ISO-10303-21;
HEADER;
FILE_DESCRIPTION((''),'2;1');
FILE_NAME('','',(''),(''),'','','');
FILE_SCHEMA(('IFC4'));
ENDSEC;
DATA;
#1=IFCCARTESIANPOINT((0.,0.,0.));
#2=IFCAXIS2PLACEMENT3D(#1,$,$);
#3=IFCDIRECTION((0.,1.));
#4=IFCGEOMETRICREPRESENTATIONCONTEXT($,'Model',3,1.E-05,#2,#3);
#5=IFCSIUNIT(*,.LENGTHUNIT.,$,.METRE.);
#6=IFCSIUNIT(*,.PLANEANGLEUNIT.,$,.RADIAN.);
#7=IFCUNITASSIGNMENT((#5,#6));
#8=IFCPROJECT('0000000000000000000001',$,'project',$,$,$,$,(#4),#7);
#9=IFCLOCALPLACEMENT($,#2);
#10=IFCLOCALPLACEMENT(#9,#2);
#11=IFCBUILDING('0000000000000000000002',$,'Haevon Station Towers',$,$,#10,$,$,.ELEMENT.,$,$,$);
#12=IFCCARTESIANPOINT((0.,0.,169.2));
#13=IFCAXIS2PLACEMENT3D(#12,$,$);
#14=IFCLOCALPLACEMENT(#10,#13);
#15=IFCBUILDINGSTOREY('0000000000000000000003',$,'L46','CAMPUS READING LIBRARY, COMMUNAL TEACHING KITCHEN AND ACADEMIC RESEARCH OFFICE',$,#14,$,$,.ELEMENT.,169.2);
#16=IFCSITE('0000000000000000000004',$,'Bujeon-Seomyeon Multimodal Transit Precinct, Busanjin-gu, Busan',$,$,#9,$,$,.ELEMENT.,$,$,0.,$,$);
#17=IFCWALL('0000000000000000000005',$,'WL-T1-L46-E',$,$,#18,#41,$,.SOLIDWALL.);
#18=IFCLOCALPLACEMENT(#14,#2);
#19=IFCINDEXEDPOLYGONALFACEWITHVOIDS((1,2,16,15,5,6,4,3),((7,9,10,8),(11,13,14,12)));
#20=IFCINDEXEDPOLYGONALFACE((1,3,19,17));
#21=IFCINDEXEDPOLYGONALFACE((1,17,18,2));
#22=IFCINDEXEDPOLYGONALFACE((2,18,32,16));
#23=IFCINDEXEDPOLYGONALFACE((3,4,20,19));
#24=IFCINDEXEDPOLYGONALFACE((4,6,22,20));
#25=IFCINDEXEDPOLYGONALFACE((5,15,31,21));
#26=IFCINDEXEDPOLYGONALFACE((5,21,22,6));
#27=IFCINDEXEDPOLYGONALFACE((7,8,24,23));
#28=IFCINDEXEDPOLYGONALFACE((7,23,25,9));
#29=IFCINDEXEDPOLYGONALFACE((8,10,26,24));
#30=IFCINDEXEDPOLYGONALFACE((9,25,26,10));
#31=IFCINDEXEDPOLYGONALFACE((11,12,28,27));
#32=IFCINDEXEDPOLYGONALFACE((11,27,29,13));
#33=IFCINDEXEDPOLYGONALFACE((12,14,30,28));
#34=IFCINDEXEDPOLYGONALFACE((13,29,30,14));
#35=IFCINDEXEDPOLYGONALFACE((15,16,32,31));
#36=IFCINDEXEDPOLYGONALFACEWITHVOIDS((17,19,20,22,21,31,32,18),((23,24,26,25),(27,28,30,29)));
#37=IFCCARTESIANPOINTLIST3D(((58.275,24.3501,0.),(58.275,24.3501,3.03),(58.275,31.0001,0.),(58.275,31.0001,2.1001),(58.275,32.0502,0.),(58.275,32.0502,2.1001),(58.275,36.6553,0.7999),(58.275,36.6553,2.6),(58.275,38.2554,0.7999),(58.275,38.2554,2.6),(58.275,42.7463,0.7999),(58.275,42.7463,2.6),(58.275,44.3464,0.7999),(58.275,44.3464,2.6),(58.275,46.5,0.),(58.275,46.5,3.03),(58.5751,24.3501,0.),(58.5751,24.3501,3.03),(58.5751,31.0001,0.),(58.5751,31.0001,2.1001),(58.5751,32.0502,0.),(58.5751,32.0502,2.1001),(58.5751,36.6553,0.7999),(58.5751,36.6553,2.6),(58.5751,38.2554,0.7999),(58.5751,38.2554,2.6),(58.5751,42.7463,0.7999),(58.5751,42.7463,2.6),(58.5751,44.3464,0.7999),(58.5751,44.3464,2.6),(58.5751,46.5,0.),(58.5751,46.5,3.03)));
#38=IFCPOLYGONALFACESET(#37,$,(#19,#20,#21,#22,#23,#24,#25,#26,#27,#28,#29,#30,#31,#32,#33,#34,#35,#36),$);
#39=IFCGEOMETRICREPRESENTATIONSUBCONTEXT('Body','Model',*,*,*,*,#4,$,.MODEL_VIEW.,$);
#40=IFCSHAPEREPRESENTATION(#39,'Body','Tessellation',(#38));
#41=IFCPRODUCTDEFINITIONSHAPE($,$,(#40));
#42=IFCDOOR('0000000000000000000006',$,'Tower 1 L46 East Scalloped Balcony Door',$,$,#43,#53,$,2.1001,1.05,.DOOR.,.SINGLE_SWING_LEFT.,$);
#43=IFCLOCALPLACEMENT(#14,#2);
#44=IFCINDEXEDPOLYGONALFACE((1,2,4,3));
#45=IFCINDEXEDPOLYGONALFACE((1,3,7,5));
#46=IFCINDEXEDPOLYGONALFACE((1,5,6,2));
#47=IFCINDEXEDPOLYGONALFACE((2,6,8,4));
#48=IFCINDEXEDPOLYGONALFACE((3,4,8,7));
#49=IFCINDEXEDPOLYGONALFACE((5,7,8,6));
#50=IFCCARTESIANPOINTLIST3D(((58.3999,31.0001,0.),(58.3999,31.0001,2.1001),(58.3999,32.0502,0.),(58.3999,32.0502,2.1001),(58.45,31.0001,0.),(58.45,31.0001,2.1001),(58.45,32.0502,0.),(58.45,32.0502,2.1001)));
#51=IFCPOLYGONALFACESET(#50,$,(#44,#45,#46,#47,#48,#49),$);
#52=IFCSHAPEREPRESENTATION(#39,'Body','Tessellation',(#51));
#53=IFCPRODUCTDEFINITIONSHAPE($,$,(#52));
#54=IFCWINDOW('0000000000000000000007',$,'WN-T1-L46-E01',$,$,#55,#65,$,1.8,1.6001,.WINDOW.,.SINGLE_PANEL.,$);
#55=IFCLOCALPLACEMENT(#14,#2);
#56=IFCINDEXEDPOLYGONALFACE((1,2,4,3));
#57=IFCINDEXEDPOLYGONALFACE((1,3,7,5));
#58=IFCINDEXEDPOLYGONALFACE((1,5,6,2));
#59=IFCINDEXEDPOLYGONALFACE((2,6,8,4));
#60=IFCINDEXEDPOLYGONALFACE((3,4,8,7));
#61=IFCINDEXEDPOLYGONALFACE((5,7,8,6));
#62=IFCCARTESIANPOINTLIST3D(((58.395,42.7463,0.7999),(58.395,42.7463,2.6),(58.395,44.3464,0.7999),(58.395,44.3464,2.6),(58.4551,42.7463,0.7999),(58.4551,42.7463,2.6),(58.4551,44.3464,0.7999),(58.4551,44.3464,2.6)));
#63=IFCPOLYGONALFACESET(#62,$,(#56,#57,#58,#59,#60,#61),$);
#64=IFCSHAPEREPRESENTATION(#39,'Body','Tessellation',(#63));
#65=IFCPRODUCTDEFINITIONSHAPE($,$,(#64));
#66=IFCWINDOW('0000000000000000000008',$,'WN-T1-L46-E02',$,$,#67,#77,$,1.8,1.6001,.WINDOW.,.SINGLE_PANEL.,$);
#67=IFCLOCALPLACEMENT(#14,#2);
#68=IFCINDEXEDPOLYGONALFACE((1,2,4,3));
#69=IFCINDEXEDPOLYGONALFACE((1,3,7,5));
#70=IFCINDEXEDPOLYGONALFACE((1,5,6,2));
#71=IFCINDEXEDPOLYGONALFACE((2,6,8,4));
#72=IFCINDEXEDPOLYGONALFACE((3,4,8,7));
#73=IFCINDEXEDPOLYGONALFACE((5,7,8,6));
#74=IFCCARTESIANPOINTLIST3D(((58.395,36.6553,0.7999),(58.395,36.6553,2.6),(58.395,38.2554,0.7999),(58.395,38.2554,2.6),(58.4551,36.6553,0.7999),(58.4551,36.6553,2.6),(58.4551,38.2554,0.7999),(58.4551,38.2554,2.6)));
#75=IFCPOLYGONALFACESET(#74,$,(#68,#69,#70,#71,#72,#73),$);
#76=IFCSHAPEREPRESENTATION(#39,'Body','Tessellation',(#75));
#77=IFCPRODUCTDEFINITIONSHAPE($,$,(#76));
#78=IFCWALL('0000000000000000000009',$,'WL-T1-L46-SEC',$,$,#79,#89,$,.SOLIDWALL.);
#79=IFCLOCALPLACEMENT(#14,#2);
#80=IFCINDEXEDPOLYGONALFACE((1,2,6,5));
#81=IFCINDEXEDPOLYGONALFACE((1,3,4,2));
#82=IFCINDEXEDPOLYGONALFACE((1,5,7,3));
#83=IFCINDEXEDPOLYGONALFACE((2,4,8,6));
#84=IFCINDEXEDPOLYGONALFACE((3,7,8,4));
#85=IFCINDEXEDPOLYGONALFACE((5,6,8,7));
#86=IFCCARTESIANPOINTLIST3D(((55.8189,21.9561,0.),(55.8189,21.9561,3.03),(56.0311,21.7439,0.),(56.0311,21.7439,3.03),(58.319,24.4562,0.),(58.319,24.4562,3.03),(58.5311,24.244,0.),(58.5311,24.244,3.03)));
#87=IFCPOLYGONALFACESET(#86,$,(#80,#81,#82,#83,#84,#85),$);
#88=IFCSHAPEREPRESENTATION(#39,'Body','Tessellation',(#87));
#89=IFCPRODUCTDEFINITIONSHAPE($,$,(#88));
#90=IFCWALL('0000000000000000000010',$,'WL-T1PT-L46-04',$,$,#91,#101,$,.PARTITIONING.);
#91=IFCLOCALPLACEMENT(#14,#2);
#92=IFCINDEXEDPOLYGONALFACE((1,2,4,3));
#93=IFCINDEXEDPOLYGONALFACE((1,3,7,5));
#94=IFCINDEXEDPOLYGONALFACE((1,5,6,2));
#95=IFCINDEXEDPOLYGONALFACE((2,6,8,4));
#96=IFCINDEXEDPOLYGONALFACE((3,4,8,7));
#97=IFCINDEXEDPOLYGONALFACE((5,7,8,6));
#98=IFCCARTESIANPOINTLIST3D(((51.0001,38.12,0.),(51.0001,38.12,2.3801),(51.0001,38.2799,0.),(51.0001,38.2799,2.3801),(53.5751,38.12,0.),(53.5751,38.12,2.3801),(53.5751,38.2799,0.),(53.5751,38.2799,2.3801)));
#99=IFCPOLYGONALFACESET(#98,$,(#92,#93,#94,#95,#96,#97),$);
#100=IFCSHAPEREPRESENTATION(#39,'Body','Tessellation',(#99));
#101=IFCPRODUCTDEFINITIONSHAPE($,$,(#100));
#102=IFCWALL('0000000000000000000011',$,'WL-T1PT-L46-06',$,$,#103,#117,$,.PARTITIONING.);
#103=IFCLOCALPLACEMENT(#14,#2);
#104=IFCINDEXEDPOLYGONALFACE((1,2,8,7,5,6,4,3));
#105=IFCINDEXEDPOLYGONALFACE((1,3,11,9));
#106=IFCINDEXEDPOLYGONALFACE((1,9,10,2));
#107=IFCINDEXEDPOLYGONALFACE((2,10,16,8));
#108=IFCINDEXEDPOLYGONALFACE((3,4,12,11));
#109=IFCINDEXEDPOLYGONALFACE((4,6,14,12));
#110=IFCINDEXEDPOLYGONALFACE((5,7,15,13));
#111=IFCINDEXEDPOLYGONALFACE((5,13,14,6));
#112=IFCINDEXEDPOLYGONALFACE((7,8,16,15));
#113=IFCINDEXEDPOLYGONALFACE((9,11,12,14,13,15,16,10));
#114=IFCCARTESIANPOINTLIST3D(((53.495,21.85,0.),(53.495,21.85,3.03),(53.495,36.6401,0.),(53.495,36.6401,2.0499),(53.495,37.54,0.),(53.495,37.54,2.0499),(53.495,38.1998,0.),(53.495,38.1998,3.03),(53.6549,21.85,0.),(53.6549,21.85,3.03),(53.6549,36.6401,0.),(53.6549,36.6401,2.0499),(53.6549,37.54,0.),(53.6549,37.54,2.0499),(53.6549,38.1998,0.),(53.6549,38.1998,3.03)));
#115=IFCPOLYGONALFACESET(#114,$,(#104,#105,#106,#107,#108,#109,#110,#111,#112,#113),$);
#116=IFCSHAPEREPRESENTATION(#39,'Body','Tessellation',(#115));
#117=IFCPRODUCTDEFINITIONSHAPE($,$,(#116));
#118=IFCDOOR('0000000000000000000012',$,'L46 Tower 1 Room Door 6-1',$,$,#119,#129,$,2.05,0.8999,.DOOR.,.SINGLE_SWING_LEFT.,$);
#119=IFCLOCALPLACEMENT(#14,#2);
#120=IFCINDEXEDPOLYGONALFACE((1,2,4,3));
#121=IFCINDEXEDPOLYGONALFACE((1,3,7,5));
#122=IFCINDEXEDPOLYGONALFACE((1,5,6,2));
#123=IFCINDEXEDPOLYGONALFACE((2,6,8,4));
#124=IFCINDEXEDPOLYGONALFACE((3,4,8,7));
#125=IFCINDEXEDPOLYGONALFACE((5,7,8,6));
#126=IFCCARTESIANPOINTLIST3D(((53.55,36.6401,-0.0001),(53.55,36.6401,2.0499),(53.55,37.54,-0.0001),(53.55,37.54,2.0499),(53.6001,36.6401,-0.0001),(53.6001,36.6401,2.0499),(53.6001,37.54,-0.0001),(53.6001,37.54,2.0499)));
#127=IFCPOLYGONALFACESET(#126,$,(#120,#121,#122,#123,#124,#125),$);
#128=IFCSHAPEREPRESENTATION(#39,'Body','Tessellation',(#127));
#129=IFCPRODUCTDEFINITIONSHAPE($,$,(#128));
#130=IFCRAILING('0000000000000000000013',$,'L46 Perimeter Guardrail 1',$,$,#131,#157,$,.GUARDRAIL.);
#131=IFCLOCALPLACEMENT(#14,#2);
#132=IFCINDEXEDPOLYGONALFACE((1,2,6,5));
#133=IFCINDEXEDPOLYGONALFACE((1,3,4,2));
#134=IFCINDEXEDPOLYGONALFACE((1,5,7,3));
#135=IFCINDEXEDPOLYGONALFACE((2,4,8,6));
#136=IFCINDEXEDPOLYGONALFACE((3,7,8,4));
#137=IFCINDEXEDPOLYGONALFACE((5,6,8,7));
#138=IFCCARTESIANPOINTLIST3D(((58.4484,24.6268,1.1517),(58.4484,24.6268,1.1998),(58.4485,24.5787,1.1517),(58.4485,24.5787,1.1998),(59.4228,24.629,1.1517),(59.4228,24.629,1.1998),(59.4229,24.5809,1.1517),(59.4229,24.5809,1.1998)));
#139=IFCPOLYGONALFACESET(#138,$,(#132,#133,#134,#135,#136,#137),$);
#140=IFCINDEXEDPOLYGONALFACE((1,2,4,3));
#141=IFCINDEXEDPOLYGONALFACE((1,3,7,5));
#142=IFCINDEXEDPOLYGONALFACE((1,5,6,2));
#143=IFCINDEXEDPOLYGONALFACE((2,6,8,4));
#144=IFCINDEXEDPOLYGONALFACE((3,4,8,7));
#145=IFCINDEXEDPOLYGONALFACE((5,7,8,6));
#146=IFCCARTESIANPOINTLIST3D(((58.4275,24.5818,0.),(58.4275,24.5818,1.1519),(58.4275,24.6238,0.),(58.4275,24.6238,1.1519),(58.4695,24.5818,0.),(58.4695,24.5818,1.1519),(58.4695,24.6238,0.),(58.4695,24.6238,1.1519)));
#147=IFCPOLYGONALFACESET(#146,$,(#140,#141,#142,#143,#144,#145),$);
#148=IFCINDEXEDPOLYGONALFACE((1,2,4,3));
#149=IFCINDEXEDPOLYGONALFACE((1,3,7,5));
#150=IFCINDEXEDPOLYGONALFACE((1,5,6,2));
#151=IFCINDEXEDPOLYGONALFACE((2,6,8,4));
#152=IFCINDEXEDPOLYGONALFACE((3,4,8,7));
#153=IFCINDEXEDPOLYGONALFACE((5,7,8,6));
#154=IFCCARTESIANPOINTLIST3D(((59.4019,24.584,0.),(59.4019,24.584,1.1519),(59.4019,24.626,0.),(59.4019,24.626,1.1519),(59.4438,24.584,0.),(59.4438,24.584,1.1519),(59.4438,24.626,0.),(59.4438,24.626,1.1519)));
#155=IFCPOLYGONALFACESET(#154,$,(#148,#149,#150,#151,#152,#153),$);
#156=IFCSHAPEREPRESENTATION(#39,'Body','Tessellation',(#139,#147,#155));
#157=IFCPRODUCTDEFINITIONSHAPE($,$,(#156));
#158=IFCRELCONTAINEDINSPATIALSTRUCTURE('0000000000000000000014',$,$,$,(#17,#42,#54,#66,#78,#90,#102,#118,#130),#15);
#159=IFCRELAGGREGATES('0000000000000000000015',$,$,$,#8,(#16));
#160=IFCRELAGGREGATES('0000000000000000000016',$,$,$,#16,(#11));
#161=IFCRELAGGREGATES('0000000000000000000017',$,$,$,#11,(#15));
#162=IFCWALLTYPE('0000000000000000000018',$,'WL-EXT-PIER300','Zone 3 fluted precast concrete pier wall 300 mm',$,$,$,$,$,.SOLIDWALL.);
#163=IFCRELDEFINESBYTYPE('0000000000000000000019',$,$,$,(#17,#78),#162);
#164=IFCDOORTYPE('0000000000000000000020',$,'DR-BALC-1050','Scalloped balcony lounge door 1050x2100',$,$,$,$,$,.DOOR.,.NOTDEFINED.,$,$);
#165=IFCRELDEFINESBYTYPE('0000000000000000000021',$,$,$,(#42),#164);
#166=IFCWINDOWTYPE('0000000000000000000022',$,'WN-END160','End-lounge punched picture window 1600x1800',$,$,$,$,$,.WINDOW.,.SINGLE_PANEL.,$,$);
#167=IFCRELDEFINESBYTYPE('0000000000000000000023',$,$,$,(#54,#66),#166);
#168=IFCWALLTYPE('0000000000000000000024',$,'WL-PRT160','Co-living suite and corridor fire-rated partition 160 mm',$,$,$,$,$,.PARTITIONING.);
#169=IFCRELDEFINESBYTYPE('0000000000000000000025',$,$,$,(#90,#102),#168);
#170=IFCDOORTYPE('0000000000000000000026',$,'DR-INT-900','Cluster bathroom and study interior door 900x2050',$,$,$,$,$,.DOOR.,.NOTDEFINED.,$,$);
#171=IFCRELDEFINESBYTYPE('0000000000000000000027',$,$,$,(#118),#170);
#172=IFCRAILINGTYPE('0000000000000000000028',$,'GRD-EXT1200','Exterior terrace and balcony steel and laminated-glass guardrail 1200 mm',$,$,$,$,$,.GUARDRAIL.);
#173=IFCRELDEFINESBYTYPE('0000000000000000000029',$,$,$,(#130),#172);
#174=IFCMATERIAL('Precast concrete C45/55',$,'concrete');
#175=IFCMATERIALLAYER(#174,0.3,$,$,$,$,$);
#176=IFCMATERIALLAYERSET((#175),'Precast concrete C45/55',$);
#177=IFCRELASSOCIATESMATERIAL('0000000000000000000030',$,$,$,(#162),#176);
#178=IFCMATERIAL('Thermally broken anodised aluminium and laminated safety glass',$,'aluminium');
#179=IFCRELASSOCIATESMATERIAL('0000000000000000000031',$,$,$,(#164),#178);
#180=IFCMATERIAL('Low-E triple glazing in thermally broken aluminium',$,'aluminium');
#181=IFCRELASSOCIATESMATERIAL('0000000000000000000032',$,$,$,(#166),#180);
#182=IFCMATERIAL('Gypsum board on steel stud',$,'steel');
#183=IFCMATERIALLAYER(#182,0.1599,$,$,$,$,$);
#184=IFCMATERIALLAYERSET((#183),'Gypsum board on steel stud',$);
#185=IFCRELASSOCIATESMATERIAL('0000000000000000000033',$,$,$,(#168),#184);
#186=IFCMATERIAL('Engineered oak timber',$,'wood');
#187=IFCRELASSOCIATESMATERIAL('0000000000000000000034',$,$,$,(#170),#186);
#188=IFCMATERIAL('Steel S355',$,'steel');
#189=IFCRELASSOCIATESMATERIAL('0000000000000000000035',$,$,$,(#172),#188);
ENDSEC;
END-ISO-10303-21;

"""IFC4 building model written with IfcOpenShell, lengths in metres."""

from ifc_helpers import new_model, si_unit, direction, frame, frame_2d, origin, origin_2d, place, context, subcontext, project, spatial, rectangle, extrude, material, layer, layer_set, type_object, element, fill, save


model = new_model("IFC4")

# Units and contexts
model_context = context("Model", 3, precision=1e-05, world=origin(), true_north=direction((0.0, 1.0)))
body_context = subcontext(model_context, "Body", "Model", "MODEL_VIEW")
ifc_project = project(units=[si_unit("LENGTHUNIT", "METRE"), si_unit("PLANEANGLEUNIT", "RADIAN")], contexts=[model_context])

# Site, building, storey
site_placement = place(None, origin())
site = spatial("IfcSite", under=ifc_project, at=site_placement, Name="Bujeon-Seomyeon Multimodal Transit Precinct, Busanjin-gu, Busan", CompositionType="ELEMENT", RefElevation=0.0)
building_placement = place(site_placement, origin())
building = spatial("IfcBuilding", under=site, at=building_placement, Name="Haevon Station Towers", CompositionType="ELEMENT")
storey_placement = place(building_placement, frame((0.0, 0.0, 169.2)))
storey = spatial("IfcBuildingStorey", under=building, at=storey_placement, Name="L46", Description="CAMPUS READING LIBRARY, COMMUNAL TEACHING KITCHEN AND ACADEMIC RESEARCH OFFICE", CompositionType="ELEMENT", Elevation=169.2)

# Shared definitions
ifc_material_1 = material(Name="Steel S355", Category="steel")

# Shared definitions
ifc_material_2 = material(Name="Precast concrete C45/55", Category="concrete")
ifc_layer_1 = layer(ifc_material_2, 0.3)
ifc_layer_set_1 = layer_set([ifc_layer_1], Name="Precast concrete C45/55")
wall_type_1 = type_object("IfcWallType", Name="WL-EXT-PIER300", Description="Zone 3 fluted precast concrete pier wall 300 mm", PredefinedType="SOLIDWALL", material=ifc_layer_set_1)
ifc_material_3 = material(Name="Low-E triple glazing in thermally broken aluminium", Category="aluminium")

# Wall, openings, door, windows
wall_1_placement = place(storey_placement, frame((58.425, 46.5, 0.0), z_axis=(0.0, 0.0, 1.0), x_axis=(0.0, -1.0, 0.0)))
wall_1 = element("IfcWall", 1, at=wall_1_placement, inside=storey, type_object=wall_type_1, Name="WL-T1-L46-E", PredefinedType="SOLIDWALL", context=body_context, shape_type="SweptSolid", body=[
    extrude(rectangle(XDim=22.1499, YDim=0.3, at=frame_2d((11.075, 0.0))), origin(), (0.0, 0.0, 1.0), 3.03),
])
opening_1_placement = place(wall_1_placement, frame((14.45, 0.0, 0.0)))
opening_1 = element("IfcOpeningElement", 2, at=opening_1_placement, cuts=wall_1, PredefinedType="OPENING", context=body_context, shape_type="SweptSolid", body=[
    extrude(rectangle(XDim=1.05, YDim=2.1001, at=frame_2d((0.5249, 1.05))), frame((0.0, 0.1599, 0.0), z_axis=(0.0, -1.0, 0.0), x_axis=(1.0, 0.0, 0.0)), (0.0, 0.0, 1.0), 0.3201),
])
opening_2_placement = place(wall_1_placement, frame((2.1536, 0.0, 0.8)))
opening_2 = element("IfcOpeningElement", 3, at=opening_2_placement, cuts=wall_1, PredefinedType="OPENING", context=body_context, shape_type="SweptSolid", body=[
    extrude(rectangle(XDim=1.6001, YDim=1.8, at=frame_2d((0.8, 0.8999))), frame((0.0, 0.1599, 0.0), z_axis=(0.0, -1.0, 0.0), x_axis=(1.0, 0.0, 0.0)), (0.0, 0.0, 1.0), 0.3201),
])
opening_3_placement = place(wall_1_placement, frame((8.2446, 0.0, 0.8)))
opening_3 = element("IfcOpeningElement", 4, at=opening_3_placement, cuts=wall_1, PredefinedType="OPENING", context=body_context, shape_type="SweptSolid", body=[
    extrude(rectangle(XDim=1.6001, YDim=1.8, at=frame_2d((0.8, 0.8999))), frame((0.0, 0.1599, 0.0), z_axis=(0.0, -1.0, 0.0), x_axis=(1.0, 0.0, 0.0)), (0.0, 0.0, 1.0), 0.3201),
])
ifc_material_4 = material(Name="Thermally broken anodised aluminium and laminated safety glass", Category="aluminium")
door_type_1 = type_object("IfcDoorType", Name="DR-BALC-1050", Description="Scalloped balcony lounge door 1050x2100", OperationType="NOTDEFINED", PredefinedType="DOOR", material=ifc_material_4)
door_1_placement = place(opening_1_placement, origin())
door_1 = element("IfcDoor", 5, at=door_1_placement, inside=storey, type_object=door_type_1, Name="Tower 1 L46 East Scalloped Balcony Door", OperationType="SINGLE_SWING_LEFT", OverallHeight=2.1001, OverallWidth=1.05, PredefinedType="DOOR", context=body_context, shape_type="SweptSolid", body=[
    extrude(rectangle(XDim=1.05, YDim=2.1001, at=frame_2d((0.5249, 1.05))), frame((0.0, 0.0249, 0.0), z_axis=(0.0, -1.0, 0.0), x_axis=(1.0, 0.0, 0.0)), (0.0, 0.0, 1.0), 0.05),
])
fill(opening_1, door_1)
window_type_1 = type_object("IfcWindowType", Name="WN-END160", Description="End-lounge punched picture window 1600x1800", PartitioningType="SINGLE_PANEL", PredefinedType="WINDOW", material=ifc_material_3)
window_1_placement = place(opening_2_placement, origin())
window_1 = element("IfcWindow", 6, at=window_1_placement, inside=storey, type_object=window_type_1, Name="WN-T1-L46-E01", OverallHeight=1.8, OverallWidth=1.6001, PartitioningType="SINGLE_PANEL", PredefinedType="WINDOW", context=body_context, shape_type="SweptSolid", body=[
    extrude(rectangle(XDim=1.6001, YDim=1.8, at=frame_2d((0.8, 0.8999))), frame((0.0, 0.03, 0.0), z_axis=(0.0, -1.0, 0.0), x_axis=(1.0, 0.0, 0.0)), (0.0, 0.0, 1.0), 0.0601),
])
fill(opening_2, window_1)
window_2_placement = place(opening_3_placement, origin())
window_2 = element("IfcWindow", 7, at=window_2_placement, inside=storey, type_object=window_type_1, Name="WN-T1-L46-E02", OverallHeight=1.8, OverallWidth=1.6001, PartitioningType="SINGLE_PANEL", PredefinedType="WINDOW", context=body_context, shape_type="SweptSolid", body=[
    extrude(rectangle(XDim=1.6001, YDim=1.8, at=frame_2d((0.8, 0.8999))), frame((0.0, 0.03, 0.0), z_axis=(0.0, -1.0, 0.0), x_axis=(1.0, 0.0, 0.0)), (0.0, 0.0, 1.0), 0.0601),
])
fill(opening_3, window_2)

# Walls
wall_2_placement = place(storey_placement, frame((58.425, 24.3501, 0.0), z_axis=(0.0, 0.0, 1.0), x_axis=(-0.707107, -0.707107, 0.0)))
element("IfcWall", 8, at=wall_2_placement, inside=storey, type_object=wall_type_1, Name="WL-T1-L46-SEC", PredefinedType="SOLIDWALL", context=body_context, shape_type="SweptSolid", body=[
    extrude(rectangle(XDim=3.5356, YDim=0.3, at=frame_2d((1.7678, 0.0))), origin(), (0.0, 0.0, 1.0), 3.03),
])
ifc_material_5 = material(Name="Gypsum board on steel stud", Category="steel")
ifc_layer_2 = layer(ifc_material_5, 0.1599)
ifc_layer_set_2 = layer_set([ifc_layer_2], Name="Gypsum board on steel stud")
wall_type_2 = type_object("IfcWallType", Name="WL-PRT160", Description="Co-living suite and corridor fire-rated partition 160 mm", PredefinedType="PARTITIONING", material=ifc_layer_set_2)
wall_3_placement = place(storey_placement, frame((51.0, 38.2, 0.0), z_axis=(0.0, 0.0, 1.0), x_axis=(1.0, 0.0, 0.0)))
element("IfcWall", 9, at=wall_3_placement, inside=storey, type_object=wall_type_2, Name="WL-T1PT-L46-04", PredefinedType="PARTITIONING", context=body_context, shape_type="SweptSolid", body=[
    extrude(rectangle(XDim=2.575, YDim=0.1599, at=frame_2d((1.2876, 0.0))), origin(), (0.0, 0.0, 1.0), 2.3801),
])

# Wall, opening, door
wall_4_placement = place(storey_placement, frame((53.575, 21.8501, 0.0), z_axis=(0.0, 0.0, 1.0), x_axis=(0.0, 1.0, 0.0)))
wall_4 = element("IfcWall", 10, at=wall_4_placement, inside=storey, type_object=wall_type_2, Name="WL-T1PT-L46-06", PredefinedType="PARTITIONING", context=body_context, shape_type="SweptSolid", body=[
    extrude(rectangle(XDim=16.3499, YDim=0.1599, at=frame_2d((8.1748, 0.0))), origin(), (0.0, 0.0, 1.0), 3.03),
])
opening_4_placement = place(wall_4_placement, frame((14.79, 0.0, 0.0)))
opening_4 = element("IfcOpeningElement", 11, at=opening_4_placement, cuts=wall_4, PredefinedType="OPENING", context=body_context, shape_type="SweptSolid", body=[
    extrude(rectangle(XDim=0.8999, YDim=2.05, at=frame_2d((0.45, 1.0249))), frame((0.0, 0.0898, 0.0), z_axis=(0.0, -1.0, 0.0), x_axis=(1.0, 0.0, 0.0)), (0.0, 0.0, 1.0), 0.1799),
])
ifc_material_6 = material(Name="Engineered oak timber", Category="wood")
door_type_2 = type_object("IfcDoorType", Name="DR-INT-900", Description="Cluster bathroom and study interior door 900x2050", OperationType="NOTDEFINED", PredefinedType="DOOR", material=ifc_material_6)
door_2_placement = place(opening_4_placement, origin())
door_2 = element("IfcDoor", 12, at=door_2_placement, inside=storey, type_object=door_type_2, Name="L46 Tower 1 Room Door 6-1", OperationType="SINGLE_SWING_LEFT", OverallHeight=2.05, OverallWidth=0.8999, PredefinedType="DOOR", context=body_context, shape_type="SweptSolid", body=[
    extrude(rectangle(XDim=0.8999, YDim=2.05, at=frame_2d((0.45, 1.0249))), frame((0.0, 0.0249, 0.0), z_axis=(0.0, -1.0, 0.0), x_axis=(1.0, 0.0, 0.0)), (0.0, 0.0, 1.0), 0.05),
])
fill(opening_4, door_2)

# Railing
railing_type = type_object("IfcRailingType", Name="GRD-EXT1200", Description="Exterior terrace and balcony steel and laminated-glass guardrail 1200 mm", PredefinedType="GUARDRAIL", material=ifc_material_1)
railing_1_placement = place(storey_placement, frame((58.4485, 24.6028, 0.0)))
element("IfcRailing", 13, at=railing_1_placement, inside=storey, type_object=railing_type, Name="L46 Perimeter Guardrail 1", PredefinedType="GUARDRAIL", context=body_context, shape_type="SweptSolid", body=[
    extrude(rectangle(XDim=0.0481, YDim=0.0481, at=origin_2d()), frame((0.0, 0.0, 1.1758), z_axis=(0.999997, 0.002255, 0.0), x_axis=(-0.002255, 0.999997, 0.0)), (0.0, 0.0, 1.0), 0.9744),
    extrude(rectangle(XDim=0.042, YDim=0.042, at=origin_2d()), origin(), (0.0, 0.0, 1.0), 1.1519),
    extrude(rectangle(XDim=0.042, YDim=0.042, at=origin_2d()), frame((0.9744, 0.0022, 0.0)), (0.0, 0.0, 1.0), 1.1519),
])

save(model, "model.ifc")
